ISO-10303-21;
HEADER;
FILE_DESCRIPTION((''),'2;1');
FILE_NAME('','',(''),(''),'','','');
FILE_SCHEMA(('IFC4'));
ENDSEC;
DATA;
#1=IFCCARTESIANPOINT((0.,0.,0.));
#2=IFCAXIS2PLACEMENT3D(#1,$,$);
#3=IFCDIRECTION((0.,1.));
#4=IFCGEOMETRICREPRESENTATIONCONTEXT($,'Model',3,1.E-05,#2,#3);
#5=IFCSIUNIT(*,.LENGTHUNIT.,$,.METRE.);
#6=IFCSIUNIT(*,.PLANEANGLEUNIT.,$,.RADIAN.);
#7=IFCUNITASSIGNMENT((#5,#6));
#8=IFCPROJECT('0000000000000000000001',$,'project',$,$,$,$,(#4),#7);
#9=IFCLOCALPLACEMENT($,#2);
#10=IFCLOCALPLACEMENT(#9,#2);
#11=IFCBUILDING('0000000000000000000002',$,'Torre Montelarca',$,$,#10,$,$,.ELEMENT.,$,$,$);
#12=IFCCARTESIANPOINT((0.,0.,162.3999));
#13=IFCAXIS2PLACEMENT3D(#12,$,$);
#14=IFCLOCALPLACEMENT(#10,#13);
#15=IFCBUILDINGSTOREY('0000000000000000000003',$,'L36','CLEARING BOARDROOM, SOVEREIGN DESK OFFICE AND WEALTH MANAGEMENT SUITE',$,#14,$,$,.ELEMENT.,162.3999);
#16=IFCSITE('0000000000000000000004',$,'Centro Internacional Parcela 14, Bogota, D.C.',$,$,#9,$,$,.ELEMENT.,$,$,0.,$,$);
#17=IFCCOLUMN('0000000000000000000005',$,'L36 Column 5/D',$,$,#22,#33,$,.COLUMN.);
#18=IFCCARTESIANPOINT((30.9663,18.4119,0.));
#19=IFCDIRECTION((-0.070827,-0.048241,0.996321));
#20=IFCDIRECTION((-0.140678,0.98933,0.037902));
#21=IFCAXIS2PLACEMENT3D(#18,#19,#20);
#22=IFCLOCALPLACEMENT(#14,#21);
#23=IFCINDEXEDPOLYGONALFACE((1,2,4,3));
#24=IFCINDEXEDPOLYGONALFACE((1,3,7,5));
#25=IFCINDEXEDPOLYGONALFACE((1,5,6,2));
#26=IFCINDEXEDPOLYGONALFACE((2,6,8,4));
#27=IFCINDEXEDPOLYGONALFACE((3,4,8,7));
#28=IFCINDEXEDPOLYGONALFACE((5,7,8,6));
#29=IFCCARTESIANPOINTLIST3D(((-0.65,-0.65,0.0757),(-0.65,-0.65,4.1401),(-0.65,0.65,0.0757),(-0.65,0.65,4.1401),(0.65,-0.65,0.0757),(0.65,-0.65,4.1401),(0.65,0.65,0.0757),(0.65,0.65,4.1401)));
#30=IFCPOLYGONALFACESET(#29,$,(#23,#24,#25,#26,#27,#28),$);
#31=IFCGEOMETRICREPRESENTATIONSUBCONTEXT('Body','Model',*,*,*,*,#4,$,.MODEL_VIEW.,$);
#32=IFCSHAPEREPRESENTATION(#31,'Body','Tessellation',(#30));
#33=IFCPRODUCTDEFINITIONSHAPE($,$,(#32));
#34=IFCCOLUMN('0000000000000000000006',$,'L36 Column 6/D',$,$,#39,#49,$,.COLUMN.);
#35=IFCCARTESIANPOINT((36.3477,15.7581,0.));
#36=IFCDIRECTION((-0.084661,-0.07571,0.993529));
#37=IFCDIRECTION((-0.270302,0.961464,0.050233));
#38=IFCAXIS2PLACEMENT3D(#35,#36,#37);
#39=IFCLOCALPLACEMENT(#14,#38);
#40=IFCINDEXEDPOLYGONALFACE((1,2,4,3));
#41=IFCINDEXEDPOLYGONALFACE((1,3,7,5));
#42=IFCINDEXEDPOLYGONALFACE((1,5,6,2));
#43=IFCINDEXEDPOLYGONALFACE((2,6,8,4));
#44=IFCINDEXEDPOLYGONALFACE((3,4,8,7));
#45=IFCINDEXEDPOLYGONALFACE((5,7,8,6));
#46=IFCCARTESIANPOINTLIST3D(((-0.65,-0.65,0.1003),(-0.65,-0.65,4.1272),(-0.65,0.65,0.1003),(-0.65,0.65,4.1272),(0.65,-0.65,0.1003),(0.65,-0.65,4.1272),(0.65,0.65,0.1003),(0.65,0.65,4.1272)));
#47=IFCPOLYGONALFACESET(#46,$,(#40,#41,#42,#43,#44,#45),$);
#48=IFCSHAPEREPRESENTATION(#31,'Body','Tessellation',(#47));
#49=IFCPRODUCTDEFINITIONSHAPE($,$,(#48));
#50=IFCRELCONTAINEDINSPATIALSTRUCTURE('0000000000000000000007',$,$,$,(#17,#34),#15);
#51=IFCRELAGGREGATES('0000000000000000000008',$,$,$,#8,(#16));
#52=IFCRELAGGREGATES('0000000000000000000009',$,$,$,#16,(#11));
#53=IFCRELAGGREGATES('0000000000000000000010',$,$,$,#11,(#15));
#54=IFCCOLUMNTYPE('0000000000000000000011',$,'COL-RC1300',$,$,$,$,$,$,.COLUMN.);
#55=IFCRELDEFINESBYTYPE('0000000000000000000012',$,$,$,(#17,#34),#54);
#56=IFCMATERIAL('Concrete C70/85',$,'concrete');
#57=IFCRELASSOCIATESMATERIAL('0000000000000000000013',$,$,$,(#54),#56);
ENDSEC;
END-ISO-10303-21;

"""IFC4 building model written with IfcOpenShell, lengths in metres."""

from ifc_helpers import new_model, si_unit, direction, frame, origin, origin_2d, place, context, subcontext, project, spatial, rectangle, extrude, clip, halfspace, material, material_profile, profile_set, type_object, element, save


model = new_model("IFC4")

# Units and contexts
model_context = context("Model", 3, precision=1e-05, world=origin(), true_north=direction((0.0, 1.0)))
body_context = subcontext(model_context, "Body", "Model", "MODEL_VIEW")
ifc_project = project(units=[si_unit("LENGTHUNIT", "METRE"), si_unit("PLANEANGLEUNIT", "RADIAN")], contexts=[model_context])

# Site, building, storey
site_placement = place(None, origin())
site = spatial("IfcSite", under=ifc_project, at=site_placement, Name="Centro Internacional Parcela 14, Bogota, D.C.", CompositionType="ELEMENT", RefElevation=0.0)
building_placement = place(site_placement, origin())
building = spatial("IfcBuilding", under=site, at=building_placement, Name="Torre Montelarca", CompositionType="ELEMENT")
storey_placement = place(building_placement, frame((0.0, 0.0, 162.3999)))
storey = spatial("IfcBuildingStorey", under=building, at=storey_placement, Name="L36", Description="CLEARING BOARDROOM, SOVEREIGN DESK OFFICE AND WEALTH MANAGEMENT SUITE", CompositionType="ELEMENT", Elevation=162.3999)

# Columns
ifc_material_1 = material(Name="Concrete C70/85", Category="concrete")
ifc_material_profile_1 = material_profile(ifc_material_1, rectangle(XDim=1.3, YDim=1.3, at=origin_2d()), Name="RC1300X1300", Category="concrete")
ifc_profile_set_1 = profile_set([ifc_material_profile_1], Name="Concrete C70/85")
column_type = type_object("IfcColumnType", Name="COL-RC1300", PredefinedType="COLUMN", material=ifc_profile_set_1)
column_1_placement = place(storey_placement, frame((30.9663, 18.4119, 0.0), z_axis=(-0.070827, -0.048241, 0.996321), x_axis=(-0.140678, 0.98933, 0.037902)))
element("IfcColumn", 1, at=column_1_placement, inside=storey, type_object=column_type, Name="L36 Column 5/D", PredefinedType="COLUMN", context=body_context, shape_type="Clipping", body=[
    clip(clip(extrude(rectangle(XDim=1.3, YDim=1.3, at=origin_2d()), origin(), (0.0, 0.0, 1.0), 4.2158), halfspace(frame((0.0, 0.0, 0.0757), z_axis=(0.0, 0.0, -1.0), x_axis=(1.0, 0.0, 0.0)), False)), halfspace(frame((0.0, 0.0, 4.1401), z_axis=(0.0, 0.0, 1.0), x_axis=(1.0, 0.0, 0.0)), False)),
])
column_2_placement = place(storey_placement, frame((36.3477, 15.7581, 0.0), z_axis=(-0.084661, -0.07571, 0.993529), x_axis=(-0.270302, 0.961464, 0.050233)))
element("IfcColumn", 2, at=column_2_placement, inside=storey, type_object=column_type, Name="L36 Column 6/D", PredefinedType="COLUMN", context=body_context, shape_type="Clipping", body=[
    clip(clip(extrude(rectangle(XDim=1.3, YDim=1.3, at=origin_2d()), origin(), (0.0, 0.0, 1.0), 4.2275), halfspace(frame((0.0, 0.0, 0.1003), z_axis=(0.0, 0.0, -1.0), x_axis=(1.0, 0.0, 0.0)), False)), halfspace(frame((0.0, 0.0, 4.1272), z_axis=(0.0, 0.0, 1.0), x_axis=(1.0, 0.0, 0.0)), False)),
])

save(model, "model.ifc")
